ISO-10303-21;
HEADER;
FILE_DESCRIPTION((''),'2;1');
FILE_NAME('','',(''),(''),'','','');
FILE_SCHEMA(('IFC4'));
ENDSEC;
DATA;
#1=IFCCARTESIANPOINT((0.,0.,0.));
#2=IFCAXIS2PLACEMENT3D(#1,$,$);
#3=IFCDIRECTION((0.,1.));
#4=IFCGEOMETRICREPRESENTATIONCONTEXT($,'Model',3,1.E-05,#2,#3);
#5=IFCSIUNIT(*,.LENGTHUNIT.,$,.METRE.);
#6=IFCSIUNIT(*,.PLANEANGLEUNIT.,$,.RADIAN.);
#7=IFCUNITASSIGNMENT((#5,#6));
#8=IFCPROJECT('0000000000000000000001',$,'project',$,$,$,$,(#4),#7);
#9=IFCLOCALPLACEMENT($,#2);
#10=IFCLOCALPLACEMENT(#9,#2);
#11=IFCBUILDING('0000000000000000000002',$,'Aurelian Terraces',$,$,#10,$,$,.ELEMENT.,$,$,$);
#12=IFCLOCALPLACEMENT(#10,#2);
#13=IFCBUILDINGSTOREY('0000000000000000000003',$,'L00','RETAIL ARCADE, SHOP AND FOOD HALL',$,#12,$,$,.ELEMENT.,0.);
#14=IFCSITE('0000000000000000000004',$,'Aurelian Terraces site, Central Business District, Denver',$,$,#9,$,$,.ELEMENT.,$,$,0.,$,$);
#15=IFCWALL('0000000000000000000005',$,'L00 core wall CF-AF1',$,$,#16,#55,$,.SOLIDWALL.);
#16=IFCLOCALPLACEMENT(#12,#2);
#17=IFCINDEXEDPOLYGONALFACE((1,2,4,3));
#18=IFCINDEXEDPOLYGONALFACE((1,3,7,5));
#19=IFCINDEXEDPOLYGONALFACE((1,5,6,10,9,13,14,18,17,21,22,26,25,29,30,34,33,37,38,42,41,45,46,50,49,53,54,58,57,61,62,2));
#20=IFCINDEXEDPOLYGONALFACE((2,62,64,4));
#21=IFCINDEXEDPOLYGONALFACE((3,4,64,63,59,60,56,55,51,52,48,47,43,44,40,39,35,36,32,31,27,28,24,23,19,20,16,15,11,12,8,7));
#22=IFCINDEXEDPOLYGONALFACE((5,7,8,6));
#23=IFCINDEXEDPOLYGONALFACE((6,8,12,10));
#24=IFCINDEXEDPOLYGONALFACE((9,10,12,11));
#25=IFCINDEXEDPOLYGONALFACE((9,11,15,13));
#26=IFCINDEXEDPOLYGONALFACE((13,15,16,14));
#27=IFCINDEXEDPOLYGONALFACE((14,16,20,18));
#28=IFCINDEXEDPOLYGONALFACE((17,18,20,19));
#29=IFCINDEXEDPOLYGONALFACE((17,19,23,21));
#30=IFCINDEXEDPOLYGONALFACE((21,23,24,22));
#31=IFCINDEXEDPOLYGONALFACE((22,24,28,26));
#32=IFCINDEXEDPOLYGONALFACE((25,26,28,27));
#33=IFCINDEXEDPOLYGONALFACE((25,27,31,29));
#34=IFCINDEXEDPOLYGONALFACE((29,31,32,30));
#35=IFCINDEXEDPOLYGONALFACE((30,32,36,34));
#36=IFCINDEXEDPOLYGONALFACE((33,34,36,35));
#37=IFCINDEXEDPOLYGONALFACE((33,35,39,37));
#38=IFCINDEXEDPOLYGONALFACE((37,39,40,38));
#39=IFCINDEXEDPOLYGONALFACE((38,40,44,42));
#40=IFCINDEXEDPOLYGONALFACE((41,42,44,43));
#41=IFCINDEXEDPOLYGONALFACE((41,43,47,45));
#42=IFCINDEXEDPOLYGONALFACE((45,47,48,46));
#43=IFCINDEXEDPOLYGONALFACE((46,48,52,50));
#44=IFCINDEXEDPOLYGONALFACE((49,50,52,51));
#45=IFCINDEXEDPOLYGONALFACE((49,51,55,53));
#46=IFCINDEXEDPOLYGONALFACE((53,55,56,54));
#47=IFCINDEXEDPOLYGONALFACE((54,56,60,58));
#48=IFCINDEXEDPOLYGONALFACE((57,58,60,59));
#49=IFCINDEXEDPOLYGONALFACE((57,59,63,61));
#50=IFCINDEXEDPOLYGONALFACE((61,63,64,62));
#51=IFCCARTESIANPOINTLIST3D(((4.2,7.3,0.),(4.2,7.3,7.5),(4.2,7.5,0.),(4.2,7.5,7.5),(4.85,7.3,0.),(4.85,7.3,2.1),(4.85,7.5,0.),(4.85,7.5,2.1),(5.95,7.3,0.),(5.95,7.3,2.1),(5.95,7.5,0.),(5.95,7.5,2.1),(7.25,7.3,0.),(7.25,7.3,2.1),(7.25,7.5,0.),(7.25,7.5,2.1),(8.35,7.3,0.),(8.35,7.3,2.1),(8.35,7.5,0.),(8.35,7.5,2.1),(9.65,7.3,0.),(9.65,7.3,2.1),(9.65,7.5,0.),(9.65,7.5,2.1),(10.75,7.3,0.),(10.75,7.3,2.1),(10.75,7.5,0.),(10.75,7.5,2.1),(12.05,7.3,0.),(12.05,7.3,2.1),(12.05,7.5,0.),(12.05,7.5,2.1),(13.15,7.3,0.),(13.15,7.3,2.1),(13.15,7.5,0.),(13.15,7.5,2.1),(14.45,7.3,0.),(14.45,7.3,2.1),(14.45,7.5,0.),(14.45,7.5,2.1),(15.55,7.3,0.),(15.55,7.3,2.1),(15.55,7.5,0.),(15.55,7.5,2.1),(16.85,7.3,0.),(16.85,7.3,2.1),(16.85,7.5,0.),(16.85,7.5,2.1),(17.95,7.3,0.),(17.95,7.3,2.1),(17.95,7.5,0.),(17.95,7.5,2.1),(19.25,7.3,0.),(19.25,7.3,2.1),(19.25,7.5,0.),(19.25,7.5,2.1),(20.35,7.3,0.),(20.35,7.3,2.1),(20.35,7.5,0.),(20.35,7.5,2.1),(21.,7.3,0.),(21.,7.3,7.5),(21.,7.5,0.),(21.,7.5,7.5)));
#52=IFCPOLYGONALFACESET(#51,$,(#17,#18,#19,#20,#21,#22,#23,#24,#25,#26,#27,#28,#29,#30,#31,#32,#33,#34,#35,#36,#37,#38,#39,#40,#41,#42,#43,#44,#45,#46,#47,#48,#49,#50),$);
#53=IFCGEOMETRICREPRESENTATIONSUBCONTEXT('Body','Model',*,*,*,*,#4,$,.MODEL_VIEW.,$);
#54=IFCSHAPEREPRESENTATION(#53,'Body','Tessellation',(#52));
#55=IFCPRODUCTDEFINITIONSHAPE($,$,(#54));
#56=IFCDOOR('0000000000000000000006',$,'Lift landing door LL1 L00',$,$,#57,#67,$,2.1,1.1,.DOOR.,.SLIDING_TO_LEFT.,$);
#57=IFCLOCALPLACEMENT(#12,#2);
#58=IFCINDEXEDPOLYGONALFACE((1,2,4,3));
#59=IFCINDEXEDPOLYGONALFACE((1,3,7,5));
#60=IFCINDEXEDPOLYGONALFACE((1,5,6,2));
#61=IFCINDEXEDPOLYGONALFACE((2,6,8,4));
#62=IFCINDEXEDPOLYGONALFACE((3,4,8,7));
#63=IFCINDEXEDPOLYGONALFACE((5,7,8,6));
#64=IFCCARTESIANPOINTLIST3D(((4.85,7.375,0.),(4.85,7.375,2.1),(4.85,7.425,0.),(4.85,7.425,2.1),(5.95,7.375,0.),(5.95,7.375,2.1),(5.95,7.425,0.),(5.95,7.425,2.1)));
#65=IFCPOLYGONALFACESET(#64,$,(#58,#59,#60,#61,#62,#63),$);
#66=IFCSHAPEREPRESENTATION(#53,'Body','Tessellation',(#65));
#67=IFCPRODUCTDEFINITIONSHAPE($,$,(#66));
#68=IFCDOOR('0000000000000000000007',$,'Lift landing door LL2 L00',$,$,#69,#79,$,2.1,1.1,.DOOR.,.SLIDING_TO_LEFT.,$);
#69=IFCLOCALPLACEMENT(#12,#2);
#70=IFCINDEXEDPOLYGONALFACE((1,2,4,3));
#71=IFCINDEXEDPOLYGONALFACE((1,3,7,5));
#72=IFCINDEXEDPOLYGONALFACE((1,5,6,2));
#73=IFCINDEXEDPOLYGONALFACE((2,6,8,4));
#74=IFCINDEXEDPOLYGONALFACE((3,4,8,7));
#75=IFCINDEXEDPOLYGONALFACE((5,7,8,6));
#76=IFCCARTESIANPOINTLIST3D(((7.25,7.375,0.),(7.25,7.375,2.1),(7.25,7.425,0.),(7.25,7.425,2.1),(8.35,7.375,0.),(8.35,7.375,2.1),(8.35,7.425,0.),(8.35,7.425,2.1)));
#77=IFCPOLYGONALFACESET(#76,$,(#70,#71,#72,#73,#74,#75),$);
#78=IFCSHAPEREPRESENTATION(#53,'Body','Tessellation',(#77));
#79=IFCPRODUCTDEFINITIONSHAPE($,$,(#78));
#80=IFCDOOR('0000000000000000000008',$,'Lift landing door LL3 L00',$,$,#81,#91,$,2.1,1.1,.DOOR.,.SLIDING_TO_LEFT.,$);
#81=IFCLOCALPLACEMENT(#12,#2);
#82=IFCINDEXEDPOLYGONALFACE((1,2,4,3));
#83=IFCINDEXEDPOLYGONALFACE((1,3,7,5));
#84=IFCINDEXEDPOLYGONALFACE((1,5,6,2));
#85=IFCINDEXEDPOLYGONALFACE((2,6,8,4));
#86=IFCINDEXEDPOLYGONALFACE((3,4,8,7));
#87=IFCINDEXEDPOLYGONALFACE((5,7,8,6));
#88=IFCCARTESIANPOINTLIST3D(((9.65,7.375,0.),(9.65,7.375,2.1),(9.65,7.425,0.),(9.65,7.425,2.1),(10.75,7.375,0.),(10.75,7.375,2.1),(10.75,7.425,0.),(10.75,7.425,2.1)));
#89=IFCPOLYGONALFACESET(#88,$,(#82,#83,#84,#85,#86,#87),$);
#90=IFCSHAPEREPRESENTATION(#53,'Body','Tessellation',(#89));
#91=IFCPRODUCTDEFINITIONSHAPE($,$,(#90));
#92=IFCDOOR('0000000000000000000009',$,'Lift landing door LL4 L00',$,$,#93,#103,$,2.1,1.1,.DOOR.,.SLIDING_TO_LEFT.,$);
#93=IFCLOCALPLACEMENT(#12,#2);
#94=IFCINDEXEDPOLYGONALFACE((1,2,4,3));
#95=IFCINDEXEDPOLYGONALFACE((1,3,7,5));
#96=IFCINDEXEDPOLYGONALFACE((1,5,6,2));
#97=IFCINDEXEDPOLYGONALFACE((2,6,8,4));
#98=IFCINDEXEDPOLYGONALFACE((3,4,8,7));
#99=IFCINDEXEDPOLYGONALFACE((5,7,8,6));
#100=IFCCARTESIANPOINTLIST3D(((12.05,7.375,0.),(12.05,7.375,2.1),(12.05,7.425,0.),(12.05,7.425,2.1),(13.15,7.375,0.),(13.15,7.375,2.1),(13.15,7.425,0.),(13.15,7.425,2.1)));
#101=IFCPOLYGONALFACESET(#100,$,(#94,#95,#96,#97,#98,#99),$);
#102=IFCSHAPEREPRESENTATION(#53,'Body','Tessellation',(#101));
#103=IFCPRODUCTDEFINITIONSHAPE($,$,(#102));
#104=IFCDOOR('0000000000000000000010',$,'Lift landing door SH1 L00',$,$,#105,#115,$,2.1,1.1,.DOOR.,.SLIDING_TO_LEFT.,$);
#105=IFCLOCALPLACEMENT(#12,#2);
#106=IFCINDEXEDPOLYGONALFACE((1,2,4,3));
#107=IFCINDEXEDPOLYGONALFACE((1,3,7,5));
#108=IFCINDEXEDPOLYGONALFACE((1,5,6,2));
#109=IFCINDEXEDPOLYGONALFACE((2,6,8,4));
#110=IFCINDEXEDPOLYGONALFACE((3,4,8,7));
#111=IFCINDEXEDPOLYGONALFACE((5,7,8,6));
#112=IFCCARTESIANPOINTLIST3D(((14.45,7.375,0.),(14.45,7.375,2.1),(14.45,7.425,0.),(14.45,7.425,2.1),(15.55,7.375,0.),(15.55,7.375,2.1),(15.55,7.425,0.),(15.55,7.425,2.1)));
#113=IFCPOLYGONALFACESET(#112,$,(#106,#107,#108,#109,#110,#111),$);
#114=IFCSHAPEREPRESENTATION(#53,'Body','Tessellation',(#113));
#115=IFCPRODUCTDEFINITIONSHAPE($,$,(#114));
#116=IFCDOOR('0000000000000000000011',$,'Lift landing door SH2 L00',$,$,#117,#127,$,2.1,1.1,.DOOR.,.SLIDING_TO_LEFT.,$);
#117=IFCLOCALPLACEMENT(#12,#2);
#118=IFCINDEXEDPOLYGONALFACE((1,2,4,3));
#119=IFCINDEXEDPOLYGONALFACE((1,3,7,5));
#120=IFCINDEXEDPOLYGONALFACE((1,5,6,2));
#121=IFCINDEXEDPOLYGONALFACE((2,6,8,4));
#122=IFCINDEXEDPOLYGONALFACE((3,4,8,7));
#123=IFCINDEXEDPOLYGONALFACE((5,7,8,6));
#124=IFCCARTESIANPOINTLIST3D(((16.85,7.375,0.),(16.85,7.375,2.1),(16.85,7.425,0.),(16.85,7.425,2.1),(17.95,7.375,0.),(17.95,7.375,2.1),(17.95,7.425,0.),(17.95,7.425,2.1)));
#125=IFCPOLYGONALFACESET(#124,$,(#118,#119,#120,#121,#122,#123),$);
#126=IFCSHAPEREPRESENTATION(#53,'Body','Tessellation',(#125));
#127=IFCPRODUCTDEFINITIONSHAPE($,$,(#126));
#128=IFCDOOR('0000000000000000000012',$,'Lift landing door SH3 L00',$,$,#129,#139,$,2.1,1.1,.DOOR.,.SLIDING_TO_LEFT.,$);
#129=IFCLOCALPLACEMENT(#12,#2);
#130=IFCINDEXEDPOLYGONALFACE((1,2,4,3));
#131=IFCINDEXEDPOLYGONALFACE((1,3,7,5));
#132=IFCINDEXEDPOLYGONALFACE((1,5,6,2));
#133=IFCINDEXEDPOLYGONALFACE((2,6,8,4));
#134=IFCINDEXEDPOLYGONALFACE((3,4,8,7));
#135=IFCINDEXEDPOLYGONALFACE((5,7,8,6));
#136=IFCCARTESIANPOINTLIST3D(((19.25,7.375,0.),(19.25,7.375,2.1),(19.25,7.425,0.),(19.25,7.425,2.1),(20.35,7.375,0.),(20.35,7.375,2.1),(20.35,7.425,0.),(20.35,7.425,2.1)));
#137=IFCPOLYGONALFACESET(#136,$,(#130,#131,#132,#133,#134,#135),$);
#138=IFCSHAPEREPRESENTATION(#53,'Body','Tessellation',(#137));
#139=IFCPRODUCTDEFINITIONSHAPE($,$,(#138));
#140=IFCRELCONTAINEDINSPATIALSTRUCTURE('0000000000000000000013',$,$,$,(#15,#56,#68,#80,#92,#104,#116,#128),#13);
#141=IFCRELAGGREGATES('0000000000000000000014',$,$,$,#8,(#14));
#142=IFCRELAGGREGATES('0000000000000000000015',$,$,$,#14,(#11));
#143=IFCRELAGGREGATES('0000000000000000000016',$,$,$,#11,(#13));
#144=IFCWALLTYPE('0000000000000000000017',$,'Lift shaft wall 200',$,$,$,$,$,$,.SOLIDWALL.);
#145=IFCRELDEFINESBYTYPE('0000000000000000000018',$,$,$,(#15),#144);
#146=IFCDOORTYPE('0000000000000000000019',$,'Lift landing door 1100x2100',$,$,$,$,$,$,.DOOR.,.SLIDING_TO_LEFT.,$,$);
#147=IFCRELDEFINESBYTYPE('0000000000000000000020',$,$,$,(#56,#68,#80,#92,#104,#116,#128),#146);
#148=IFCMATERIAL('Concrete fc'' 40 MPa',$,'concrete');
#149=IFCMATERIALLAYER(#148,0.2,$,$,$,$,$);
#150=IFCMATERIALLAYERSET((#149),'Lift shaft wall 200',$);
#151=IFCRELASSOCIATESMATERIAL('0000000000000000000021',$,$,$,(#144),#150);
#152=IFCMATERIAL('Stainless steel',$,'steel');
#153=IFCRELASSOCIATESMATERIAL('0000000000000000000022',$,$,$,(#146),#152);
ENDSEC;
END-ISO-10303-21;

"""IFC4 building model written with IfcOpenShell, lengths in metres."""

from ifc_helpers import new_model, si_unit, direction, frame, frame_2d, origin, place, context, subcontext, project, spatial, rectangle, extrude, source, transform, mapped, material, layer, layer_set, type_object, element, fill, save


model = new_model("IFC4")

# Units and contexts
model_context = context("Model", 3, precision=1e-05, world=origin(), true_north=direction((0.0, 1.0)))
body_context = subcontext(model_context, "Body", "Model", "MODEL_VIEW")
ifc_project = project(units=[si_unit("LENGTHUNIT", "METRE"), si_unit("PLANEANGLEUNIT", "RADIAN")], contexts=[model_context])

# Site, building, storey
site_placement = place(None, origin())
site = spatial("IfcSite", under=ifc_project, at=site_placement, Name="Aurelian Terraces site, Central Business District, Denver", CompositionType="ELEMENT", RefElevation=0.0)
building_placement = place(site_placement, origin())
building = spatial("IfcBuilding", under=site, at=building_placement, Name="Aurelian Terraces", CompositionType="ELEMENT")
storey_placement = place(building_placement, origin())
storey = spatial("IfcBuildingStorey", under=building, at=storey_placement, Name="L00", Description="RETAIL ARCADE, SHOP AND FOOD HALL", CompositionType="ELEMENT", Elevation=0.0)

# Wall, openings, doors
ifc_material_1 = material(Name="Concrete fc' 40 MPa", Category="concrete")
ifc_layer_1 = layer(ifc_material_1, 0.2)
ifc_layer_set_1 = layer_set([ifc_layer_1], Name="Lift shaft wall 200")
wall_type_1 = type_object("IfcWallType", Name="Lift shaft wall 200", PredefinedType="SOLIDWALL", material=ifc_layer_set_1)
wall_1_placement = place(storey_placement, frame((4.2, 7.4, 0.0), z_axis=(0.0, 0.0, 1.0), x_axis=(1.0, 0.0, 0.0)))
wall_1 = element("IfcWall", 1, at=wall_1_placement, inside=storey, type_object=wall_type_1, Name="L00 core wall CF-AF1", PredefinedType="SOLIDWALL", context=body_context, shape_type="SweptSolid", body=[
    extrude(rectangle(XDim=16.8, YDim=0.2, at=frame_2d((8.4, 0.0))), origin(), (0.0, 0.0, 1.0), 7.5),
])
shared_shape_1 = source(origin(), body_context, "Body", "SweptSolid", [
    extrude(rectangle(XDim=1.1, YDim=2.1, at=frame_2d((0.55, 1.05))), frame((0.0, 0.11, 0.0), z_axis=(0.0, -1.0, 0.0), x_axis=(1.0, 0.0, 0.0)), (0.0, 0.0, 1.0), 0.22),
])
opening_1_placement = place(wall_1_placement, frame((0.65, 0.0, 0.0)))
opening_1 = element("IfcOpeningElement", 2, at=opening_1_placement, cuts=wall_1, PredefinedType="OPENING", context=body_context, shape_type="MappedRepresentation", body=[
    mapped(shared_shape_1, transform((0.0, 0.0, 0.0), scale=1.0)),
])
opening_2_placement = place(wall_1_placement, frame((3.05, 0.0, 0.0)))
opening_2 = element("IfcOpeningElement", 3, at=opening_2_placement, cuts=wall_1, PredefinedType="OPENING", context=body_context, shape_type="MappedRepresentation", body=[
    mapped(shared_shape_1, transform((0.0, 0.0, 0.0), scale=1.0)),
])
opening_3_placement = place(wall_1_placement, frame((5.45, 0.0, 0.0)))
opening_3 = element("IfcOpeningElement", 4, at=opening_3_placement, cuts=wall_1, PredefinedType="OPENING", context=body_context, shape_type="MappedRepresentation", body=[
    mapped(shared_shape_1, transform((0.0, 0.0, 0.0), scale=1.0)),
])
opening_4_placement = place(wall_1_placement, frame((7.85, 0.0, 0.0)))
opening_4 = element("IfcOpeningElement", 5, at=opening_4_placement, cuts=wall_1, PredefinedType="OPENING", context=body_context, shape_type="MappedRepresentation", body=[
    mapped(shared_shape_1, transform((0.0, 0.0, 0.0), scale=1.0)),
])
opening_5_placement = place(wall_1_placement, frame((10.25, 0.0, 0.0)))
opening_5 = element("IfcOpeningElement", 6, at=opening_5_placement, cuts=wall_1, PredefinedType="OPENING", context=body_context, shape_type="MappedRepresentation", body=[
    mapped(shared_shape_1, transform((0.0, 0.0, 0.0), scale=1.0)),
])
opening_6_placement = place(wall_1_placement, frame((12.65, 0.0, 0.0)))
opening_6 = element("IfcOpeningElement", 7, at=opening_6_placement, cuts=wall_1, PredefinedType="OPENING", context=body_context, shape_type="MappedRepresentation", body=[
    mapped(shared_shape_1, transform((0.0, 0.0, 0.0), scale=1.0)),
])
opening_7_placement = place(wall_1_placement, frame((15.05, 0.0, 0.0)))
opening_7 = element("IfcOpeningElement", 8, at=opening_7_placement, cuts=wall_1, PredefinedType="OPENING", context=body_context, shape_type="MappedRepresentation", body=[
    mapped(shared_shape_1, transform((0.0, 0.0, 0.0), scale=1.0)),
])
ifc_material_2 = material(Name="Stainless steel", Category="steel")
door_type_1 = type_object("IfcDoorType", Name="Lift landing door 1100x2100", OperationType="SLIDING_TO_LEFT", PredefinedType="DOOR", material=ifc_material_2)
shared_shape_2 = source(origin(), body_context, "Body", "SweptSolid", [
    extrude(rectangle(XDim=1.1, YDim=2.1, at=frame_2d((0.55, 1.05))), frame((0.0, 0.025, 0.0), z_axis=(0.0, -1.0, 0.0), x_axis=(1.0, 0.0, 0.0)), (0.0, 0.0, 1.0), 0.05),
])
door_1_placement = place(opening_1_placement, origin())
door_1 = element("IfcDoor", 9, at=door_1_placement, inside=storey, type_object=door_type_1, Name="Lift landing door LL1 L00", OperationType="SLIDING_TO_LEFT", OverallHeight=2.1, OverallWidth=1.1, PredefinedType="DOOR", context=body_context, shape_type="MappedRepresentation", body=[
    mapped(shared_shape_2, transform((0.0, 0.0, 0.0), scale=1.0)),
])
fill(opening_1, door_1)
door_2_placement = place(opening_2_placement, origin())
door_2 = element("IfcDoor", 10, at=door_2_placement, inside=storey, type_object=door_type_1, Name="Lift landing door LL2 L00", OperationType="SLIDING_TO_LEFT", OverallHeight=2.1, OverallWidth=1.1, PredefinedType="DOOR", context=body_context, shape_type="MappedRepresentation", body=[
    mapped(shared_shape_2, transform((0.0, 0.0, 0.0), scale=1.0)),
])
fill(opening_2, door_2)
door_3_placement = place(opening_3_placement, origin())
door_3 = element("IfcDoor", 11, at=door_3_placement, inside=storey, type_object=door_type_1, Name="Lift landing door LL3 L00", OperationType="SLIDING_TO_LEFT", OverallHeight=2.1, OverallWidth=1.1, PredefinedType="DOOR", context=body_context, shape_type="MappedRepresentation", body=[
    mapped(shared_shape_2, transform((0.0, 0.0, 0.0), scale=1.0)),
])
fill(opening_3, door_3)
door_4_placement = place(opening_4_placement, origin())
door_4 = element("IfcDoor", 12, at=door_4_placement, inside=storey, type_object=door_type_1, Name="Lift landing door LL4 L00", OperationType="SLIDING_TO_LEFT", OverallHeight=2.1, OverallWidth=1.1, PredefinedType="DOOR", context=body_context, shape_type="MappedRepresentation", body=[
    mapped(shared_shape_2, transform((0.0, 0.0, 0.0), scale=1.0)),
])
fill(opening_4, door_4)
door_5_placement = place(opening_5_placement, origin())
door_5 = element("IfcDoor", 13, at=door_5_placement, inside=storey, type_object=door_type_1, Name="Lift landing door SH1 L00", OperationType="SLIDING_TO_LEFT", OverallHeight=2.1, OverallWidth=1.1, PredefinedType="DOOR", context=body_context, shape_type="MappedRepresentation", body=[
    mapped(shared_shape_2, transform((0.0, 0.0, 0.0), scale=1.0)),
])
fill(opening_5, door_5)
door_6_placement = place(opening_6_placement, origin())
door_6 = element("IfcDoor", 14, at=door_6_placement, inside=storey, type_object=door_type_1, Name="Lift landing door SH2 L00", OperationType="SLIDING_TO_LEFT", OverallHeight=2.1, OverallWidth=1.1, PredefinedType="DOOR", context=body_context, shape_type="MappedRepresentation", body=[
    mapped(shared_shape_2, transform((0.0, 0.0, 0.0), scale=1.0)),
])
fill(opening_6, door_6)
door_7_placement = place(opening_7_placement, origin())
door_7 = element("IfcDoor", 15, at=door_7_placement, inside=storey, type_object=door_type_1, Name="Lift landing door SH3 L00", OperationType="SLIDING_TO_LEFT", OverallHeight=2.1, OverallWidth=1.1, PredefinedType="DOOR", context=body_context, shape_type="MappedRepresentation", body=[
    mapped(shared_shape_2, transform((0.0, 0.0, 0.0), scale=1.0)),
])
fill(opening_7, door_7)

save(model, "model.ifc")
